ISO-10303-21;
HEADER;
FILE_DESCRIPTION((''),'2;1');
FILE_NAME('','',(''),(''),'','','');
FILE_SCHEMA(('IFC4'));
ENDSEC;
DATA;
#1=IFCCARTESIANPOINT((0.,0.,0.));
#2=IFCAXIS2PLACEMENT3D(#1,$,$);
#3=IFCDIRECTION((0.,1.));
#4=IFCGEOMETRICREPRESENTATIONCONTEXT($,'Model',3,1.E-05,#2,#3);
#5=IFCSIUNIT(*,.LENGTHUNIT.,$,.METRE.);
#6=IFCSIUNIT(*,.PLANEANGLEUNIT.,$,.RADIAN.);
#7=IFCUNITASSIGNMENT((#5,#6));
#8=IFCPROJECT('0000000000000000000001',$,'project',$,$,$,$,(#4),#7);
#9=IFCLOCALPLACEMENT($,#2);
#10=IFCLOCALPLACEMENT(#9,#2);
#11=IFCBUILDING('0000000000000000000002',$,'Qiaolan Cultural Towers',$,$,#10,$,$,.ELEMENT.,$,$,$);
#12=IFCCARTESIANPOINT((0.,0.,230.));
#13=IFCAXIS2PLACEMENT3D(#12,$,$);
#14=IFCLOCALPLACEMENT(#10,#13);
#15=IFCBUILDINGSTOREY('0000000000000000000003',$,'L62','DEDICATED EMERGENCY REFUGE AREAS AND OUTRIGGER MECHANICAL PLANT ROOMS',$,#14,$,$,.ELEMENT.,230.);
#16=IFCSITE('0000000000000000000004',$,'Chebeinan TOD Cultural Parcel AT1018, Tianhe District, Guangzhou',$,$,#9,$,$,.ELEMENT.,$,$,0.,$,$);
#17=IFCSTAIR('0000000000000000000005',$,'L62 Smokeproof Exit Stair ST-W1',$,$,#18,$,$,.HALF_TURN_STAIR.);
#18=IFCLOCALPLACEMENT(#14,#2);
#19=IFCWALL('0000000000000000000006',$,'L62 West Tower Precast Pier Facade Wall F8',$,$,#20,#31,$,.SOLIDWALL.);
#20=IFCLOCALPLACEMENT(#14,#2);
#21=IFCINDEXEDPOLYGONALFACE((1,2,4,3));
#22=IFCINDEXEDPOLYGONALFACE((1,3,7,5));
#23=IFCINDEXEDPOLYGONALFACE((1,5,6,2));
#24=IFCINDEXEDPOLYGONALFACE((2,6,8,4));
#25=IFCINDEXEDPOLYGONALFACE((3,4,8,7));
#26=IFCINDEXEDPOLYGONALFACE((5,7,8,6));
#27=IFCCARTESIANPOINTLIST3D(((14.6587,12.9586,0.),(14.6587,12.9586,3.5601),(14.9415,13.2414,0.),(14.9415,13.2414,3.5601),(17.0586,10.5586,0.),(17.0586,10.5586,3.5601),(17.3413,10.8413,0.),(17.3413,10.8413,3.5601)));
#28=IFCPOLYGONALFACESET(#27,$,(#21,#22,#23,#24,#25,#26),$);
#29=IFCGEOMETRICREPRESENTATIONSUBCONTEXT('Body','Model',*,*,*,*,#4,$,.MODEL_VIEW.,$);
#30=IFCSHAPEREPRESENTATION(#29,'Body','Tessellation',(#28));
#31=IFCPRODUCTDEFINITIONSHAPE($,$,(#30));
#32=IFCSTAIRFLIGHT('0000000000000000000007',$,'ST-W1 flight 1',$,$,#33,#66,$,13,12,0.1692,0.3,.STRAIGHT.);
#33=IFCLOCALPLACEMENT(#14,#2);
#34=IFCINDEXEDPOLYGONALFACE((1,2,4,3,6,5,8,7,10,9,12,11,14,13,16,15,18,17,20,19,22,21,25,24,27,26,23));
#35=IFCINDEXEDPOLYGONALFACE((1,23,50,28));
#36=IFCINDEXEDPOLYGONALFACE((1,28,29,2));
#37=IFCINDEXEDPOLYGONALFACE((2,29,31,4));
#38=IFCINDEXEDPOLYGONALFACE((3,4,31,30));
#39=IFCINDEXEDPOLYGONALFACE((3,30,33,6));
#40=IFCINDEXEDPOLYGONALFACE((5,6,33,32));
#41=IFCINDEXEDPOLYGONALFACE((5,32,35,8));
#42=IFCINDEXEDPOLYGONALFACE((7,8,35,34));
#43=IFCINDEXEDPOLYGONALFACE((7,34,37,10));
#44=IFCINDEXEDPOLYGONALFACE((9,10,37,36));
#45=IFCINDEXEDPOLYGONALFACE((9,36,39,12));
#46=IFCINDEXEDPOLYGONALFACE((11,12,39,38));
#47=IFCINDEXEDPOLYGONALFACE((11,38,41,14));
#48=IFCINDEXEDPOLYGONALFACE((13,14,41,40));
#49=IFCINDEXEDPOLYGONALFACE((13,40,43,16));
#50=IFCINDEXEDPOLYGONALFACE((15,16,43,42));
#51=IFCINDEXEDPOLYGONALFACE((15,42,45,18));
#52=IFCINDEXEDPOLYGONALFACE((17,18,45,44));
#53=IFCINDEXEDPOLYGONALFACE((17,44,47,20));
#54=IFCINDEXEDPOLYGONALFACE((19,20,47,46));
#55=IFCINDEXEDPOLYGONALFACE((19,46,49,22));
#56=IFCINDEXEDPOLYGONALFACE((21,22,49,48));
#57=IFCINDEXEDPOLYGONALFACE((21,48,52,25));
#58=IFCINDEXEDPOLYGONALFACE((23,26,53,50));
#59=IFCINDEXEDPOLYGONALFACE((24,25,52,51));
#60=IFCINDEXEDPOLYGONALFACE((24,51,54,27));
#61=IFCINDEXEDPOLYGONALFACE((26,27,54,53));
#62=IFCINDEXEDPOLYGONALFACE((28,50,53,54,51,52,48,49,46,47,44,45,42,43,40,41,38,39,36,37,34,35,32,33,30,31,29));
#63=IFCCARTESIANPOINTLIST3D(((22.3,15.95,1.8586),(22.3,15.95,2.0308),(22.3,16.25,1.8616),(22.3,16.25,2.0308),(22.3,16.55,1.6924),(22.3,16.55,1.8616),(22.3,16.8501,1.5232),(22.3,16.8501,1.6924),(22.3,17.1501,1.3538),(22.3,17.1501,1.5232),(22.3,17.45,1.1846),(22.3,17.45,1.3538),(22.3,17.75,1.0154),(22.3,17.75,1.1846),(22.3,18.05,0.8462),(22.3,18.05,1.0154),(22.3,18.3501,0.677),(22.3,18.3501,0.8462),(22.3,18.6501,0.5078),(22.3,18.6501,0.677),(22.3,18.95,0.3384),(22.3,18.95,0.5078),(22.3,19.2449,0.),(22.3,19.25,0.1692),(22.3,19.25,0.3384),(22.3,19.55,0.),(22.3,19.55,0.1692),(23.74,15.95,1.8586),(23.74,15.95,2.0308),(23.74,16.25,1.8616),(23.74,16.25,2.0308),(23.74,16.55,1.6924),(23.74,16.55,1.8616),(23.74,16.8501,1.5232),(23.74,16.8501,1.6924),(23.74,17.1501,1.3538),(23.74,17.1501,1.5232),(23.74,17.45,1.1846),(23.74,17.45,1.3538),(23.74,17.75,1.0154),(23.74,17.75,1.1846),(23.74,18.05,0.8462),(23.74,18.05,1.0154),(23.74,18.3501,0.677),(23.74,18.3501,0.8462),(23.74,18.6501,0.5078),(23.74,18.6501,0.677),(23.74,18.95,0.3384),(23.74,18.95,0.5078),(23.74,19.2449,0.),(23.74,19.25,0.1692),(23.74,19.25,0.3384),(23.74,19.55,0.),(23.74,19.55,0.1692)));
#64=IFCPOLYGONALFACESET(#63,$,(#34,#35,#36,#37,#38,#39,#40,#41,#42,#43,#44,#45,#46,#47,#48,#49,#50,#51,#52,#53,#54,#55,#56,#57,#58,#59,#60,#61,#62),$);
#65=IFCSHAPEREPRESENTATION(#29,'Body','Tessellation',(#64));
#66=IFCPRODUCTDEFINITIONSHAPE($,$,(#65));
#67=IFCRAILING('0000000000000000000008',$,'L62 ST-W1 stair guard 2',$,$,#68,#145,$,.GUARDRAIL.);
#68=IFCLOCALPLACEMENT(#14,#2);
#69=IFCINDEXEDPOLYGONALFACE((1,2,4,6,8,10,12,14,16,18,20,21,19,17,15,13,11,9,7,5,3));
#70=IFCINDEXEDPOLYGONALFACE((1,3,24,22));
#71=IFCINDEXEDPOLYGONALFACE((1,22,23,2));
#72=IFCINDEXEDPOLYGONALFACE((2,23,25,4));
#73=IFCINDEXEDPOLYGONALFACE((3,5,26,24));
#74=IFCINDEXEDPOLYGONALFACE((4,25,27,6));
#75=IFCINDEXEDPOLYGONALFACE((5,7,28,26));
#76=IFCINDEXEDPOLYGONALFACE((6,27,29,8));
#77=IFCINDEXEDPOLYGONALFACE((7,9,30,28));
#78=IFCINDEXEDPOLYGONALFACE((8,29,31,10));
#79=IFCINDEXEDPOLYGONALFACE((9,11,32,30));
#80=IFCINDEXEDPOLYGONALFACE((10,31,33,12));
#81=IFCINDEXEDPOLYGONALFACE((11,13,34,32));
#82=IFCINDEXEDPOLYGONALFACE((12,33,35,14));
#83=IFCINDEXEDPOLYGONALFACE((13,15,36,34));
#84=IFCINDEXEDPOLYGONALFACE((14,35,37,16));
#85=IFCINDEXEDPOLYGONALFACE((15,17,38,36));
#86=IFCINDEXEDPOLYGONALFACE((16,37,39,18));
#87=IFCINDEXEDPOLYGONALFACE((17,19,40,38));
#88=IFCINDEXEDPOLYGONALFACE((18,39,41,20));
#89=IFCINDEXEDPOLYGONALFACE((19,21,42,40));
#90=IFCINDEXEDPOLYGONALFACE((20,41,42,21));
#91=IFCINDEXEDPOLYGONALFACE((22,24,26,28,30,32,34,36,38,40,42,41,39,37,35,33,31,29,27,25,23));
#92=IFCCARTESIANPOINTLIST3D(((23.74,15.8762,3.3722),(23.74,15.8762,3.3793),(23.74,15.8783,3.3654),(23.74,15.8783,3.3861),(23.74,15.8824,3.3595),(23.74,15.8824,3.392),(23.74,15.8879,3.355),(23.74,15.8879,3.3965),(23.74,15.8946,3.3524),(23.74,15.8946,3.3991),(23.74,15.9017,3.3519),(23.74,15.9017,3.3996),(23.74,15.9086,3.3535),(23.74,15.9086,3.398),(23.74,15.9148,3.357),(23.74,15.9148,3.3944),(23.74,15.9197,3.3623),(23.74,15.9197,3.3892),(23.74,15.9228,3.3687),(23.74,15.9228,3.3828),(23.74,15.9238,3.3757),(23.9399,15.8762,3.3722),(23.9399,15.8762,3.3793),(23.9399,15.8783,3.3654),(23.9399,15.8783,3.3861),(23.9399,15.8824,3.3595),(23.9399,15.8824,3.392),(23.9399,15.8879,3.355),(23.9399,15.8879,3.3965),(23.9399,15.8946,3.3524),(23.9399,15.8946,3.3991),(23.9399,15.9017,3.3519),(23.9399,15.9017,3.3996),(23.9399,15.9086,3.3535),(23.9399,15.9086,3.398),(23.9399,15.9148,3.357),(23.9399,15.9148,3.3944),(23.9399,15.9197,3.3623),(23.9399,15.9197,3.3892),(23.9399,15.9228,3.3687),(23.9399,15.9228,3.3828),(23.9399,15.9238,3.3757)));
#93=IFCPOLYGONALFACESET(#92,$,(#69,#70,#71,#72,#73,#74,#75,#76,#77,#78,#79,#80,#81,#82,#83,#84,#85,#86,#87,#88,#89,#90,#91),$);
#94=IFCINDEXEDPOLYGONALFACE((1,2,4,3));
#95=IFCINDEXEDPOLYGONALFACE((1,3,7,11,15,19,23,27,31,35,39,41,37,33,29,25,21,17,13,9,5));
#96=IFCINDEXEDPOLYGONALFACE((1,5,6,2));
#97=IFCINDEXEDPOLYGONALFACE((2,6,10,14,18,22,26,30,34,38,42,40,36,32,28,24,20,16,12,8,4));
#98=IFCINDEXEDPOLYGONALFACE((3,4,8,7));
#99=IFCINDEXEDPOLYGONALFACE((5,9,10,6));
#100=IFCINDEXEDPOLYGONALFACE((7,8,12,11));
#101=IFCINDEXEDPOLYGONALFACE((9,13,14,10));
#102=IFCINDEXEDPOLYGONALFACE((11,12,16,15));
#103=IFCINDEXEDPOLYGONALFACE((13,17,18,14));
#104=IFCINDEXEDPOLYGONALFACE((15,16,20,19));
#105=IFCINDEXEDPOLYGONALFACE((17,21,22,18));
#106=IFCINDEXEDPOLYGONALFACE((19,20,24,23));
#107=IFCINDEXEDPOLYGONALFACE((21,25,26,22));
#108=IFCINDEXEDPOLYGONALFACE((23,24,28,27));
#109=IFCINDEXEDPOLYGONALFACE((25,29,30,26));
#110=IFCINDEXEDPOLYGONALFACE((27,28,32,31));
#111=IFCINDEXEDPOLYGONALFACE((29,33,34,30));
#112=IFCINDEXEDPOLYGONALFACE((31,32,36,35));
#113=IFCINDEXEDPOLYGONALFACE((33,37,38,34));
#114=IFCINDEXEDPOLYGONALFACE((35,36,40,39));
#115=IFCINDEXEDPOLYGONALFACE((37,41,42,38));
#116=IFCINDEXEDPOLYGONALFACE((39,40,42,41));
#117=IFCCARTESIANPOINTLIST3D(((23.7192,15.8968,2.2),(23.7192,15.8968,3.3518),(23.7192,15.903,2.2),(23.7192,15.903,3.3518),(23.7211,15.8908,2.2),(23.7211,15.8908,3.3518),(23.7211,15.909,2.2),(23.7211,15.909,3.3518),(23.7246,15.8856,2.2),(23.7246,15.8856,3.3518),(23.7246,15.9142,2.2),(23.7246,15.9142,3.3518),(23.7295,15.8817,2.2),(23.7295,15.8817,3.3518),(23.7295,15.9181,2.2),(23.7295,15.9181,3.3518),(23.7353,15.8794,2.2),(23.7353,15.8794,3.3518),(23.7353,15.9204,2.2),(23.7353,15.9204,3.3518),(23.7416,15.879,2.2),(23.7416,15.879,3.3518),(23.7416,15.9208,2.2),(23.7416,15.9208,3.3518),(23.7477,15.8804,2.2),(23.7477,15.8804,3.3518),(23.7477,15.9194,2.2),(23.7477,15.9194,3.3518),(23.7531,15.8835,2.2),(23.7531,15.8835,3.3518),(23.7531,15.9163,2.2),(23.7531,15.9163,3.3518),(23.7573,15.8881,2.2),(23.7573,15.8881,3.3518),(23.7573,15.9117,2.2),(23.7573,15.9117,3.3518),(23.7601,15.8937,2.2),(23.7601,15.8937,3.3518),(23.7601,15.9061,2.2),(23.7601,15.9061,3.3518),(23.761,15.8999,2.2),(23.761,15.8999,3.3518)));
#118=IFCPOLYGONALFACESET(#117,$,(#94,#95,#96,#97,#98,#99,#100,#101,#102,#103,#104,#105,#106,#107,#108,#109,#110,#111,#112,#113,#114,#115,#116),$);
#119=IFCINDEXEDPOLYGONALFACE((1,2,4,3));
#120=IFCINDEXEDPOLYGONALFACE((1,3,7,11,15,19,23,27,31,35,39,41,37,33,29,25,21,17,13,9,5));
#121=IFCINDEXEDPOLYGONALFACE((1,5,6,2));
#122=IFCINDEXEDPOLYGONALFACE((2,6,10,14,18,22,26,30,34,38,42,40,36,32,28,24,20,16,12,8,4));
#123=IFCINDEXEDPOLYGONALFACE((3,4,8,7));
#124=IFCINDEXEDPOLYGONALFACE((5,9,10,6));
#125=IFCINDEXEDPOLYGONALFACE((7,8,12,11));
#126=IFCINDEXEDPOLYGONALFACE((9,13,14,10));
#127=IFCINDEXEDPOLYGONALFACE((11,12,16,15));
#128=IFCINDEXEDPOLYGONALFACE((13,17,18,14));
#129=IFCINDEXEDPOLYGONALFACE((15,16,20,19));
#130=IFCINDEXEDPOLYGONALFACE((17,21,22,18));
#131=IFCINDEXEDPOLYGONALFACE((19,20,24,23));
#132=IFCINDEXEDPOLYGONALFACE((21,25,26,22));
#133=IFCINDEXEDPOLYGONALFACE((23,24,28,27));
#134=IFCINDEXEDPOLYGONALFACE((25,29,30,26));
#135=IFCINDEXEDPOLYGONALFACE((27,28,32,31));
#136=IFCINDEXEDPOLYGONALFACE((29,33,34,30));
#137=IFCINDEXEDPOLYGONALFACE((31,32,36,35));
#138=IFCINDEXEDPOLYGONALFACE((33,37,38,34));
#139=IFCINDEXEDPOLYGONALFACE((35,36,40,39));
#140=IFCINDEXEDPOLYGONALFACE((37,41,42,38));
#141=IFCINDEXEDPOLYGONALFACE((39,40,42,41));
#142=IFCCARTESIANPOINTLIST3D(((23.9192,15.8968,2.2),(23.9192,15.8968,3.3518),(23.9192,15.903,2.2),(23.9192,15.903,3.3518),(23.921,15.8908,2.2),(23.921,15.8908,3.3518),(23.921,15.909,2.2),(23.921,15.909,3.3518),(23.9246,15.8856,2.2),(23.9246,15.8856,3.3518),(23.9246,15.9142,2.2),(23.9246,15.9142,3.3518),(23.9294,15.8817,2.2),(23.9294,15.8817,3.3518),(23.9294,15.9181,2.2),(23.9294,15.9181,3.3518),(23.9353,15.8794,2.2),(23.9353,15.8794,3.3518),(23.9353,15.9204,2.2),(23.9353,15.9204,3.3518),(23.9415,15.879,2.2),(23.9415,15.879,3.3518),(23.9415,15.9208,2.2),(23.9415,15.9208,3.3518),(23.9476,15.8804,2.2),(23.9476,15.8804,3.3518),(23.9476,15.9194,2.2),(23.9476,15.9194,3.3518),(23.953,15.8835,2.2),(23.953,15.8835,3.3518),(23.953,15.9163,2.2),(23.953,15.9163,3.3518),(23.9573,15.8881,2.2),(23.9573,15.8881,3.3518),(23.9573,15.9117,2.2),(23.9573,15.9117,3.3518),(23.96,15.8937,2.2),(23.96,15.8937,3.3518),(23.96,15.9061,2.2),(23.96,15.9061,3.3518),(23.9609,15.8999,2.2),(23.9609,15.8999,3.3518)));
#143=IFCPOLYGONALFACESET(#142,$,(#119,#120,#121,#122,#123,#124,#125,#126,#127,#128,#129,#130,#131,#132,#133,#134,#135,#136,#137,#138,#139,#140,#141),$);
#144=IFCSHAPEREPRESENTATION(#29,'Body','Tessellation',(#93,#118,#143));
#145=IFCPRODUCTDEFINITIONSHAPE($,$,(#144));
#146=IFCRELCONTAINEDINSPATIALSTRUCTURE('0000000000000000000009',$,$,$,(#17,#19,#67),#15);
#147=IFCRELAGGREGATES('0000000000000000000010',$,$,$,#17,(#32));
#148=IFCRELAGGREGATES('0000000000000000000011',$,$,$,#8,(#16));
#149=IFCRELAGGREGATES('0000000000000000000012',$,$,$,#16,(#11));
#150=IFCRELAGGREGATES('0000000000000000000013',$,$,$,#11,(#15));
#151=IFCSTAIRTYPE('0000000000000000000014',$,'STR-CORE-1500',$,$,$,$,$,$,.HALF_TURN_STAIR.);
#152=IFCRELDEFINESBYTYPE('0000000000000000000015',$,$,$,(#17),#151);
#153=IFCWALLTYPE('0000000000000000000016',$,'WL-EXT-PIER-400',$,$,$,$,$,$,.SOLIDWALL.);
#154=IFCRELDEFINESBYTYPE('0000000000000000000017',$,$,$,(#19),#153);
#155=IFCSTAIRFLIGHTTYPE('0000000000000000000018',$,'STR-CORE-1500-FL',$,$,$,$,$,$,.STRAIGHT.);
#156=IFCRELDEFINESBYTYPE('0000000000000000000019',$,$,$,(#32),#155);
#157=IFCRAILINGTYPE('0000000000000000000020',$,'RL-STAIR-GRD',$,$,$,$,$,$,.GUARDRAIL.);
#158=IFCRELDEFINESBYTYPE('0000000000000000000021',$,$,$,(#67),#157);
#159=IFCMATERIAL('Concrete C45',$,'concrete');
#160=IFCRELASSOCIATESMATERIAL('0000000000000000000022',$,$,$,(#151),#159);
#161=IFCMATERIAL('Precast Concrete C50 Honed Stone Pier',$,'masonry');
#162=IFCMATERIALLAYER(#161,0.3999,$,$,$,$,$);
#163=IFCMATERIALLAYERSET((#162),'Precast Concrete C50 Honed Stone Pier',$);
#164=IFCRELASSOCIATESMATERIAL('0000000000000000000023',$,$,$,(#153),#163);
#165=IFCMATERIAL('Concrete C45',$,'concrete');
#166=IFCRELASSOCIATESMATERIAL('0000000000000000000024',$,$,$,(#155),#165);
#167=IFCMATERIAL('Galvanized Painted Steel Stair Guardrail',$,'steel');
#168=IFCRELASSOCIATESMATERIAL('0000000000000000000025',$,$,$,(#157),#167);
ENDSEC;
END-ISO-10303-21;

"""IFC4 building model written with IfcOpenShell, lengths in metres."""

from ifc_helpers import new_model, si_unit, direction, frame, frame_2d, origin, origin_2d, place, context, subcontext, project, spatial, polyline, rectangle, circle, outline, extrude, material, layer, layer_set, type_object, element, aggregate, save


model = new_model("IFC4")

# Units and contexts
model_context = context("Model", 3, precision=1e-05, world=origin(), true_north=direction((0.0, 1.0)))
body_context = subcontext(model_context, "Body", "Model", "MODEL_VIEW")
ifc_project = project(units=[si_unit("LENGTHUNIT", "METRE"), si_unit("PLANEANGLEUNIT", "RADIAN")], contexts=[model_context])

# Site, building, storey
site_placement = place(None, origin())
site = spatial("IfcSite", under=ifc_project, at=site_placement, Name="Chebeinan TOD Cultural Parcel AT1018, Tianhe District, Guangzhou", CompositionType="ELEMENT", RefElevation=0.0)
building_placement = place(site_placement, origin())
building = spatial("IfcBuilding", under=site, at=building_placement, Name="Qiaolan Cultural Towers", CompositionType="ELEMENT")
storey_placement = place(building_placement, frame((0.0, 0.0, 230.0)))
storey = spatial("IfcBuildingStorey", under=building, at=storey_placement, Name="L62", Description="DEDICATED EMERGENCY REFUGE AREAS AND OUTRIGGER MECHANICAL PLANT ROOMS", CompositionType="ELEMENT", Elevation=230.0)

# Stair
ifc_material_1 = material(Name="Concrete C45", Category="concrete")
stair_type = type_object("IfcStairType", Name="STR-CORE-1500", PredefinedType="HALF_TURN_STAIR", material=ifc_material_1)
stair_1_placement = place(storey_placement, origin())
stair_1 = element("IfcStair", 1, at=stair_1_placement, inside=storey, type_object=stair_type, Name="L62 Smokeproof Exit Stair ST-W1", PredefinedType="HALF_TURN_STAIR")

# Wall
ifc_material_2 = material(Name="Precast Concrete C50 Honed Stone Pier", Category="masonry")
ifc_layer_1 = layer(ifc_material_2, 0.3999)
ifc_layer_set_1 = layer_set([ifc_layer_1], Name="Precast Concrete C50 Honed Stone Pier")
wall_type_1 = type_object("IfcWallType", Name="WL-EXT-PIER-400", PredefinedType="SOLIDWALL", material=ifc_layer_set_1)
wall_1_placement = place(storey_placement, frame((17.2, 10.7, 0.0), z_axis=(0.0, 0.0, 1.0), x_axis=(-0.707071, 0.707143, 0.0)))
element("IfcWall", 2, at=wall_1_placement, inside=storey, type_object=wall_type_1, Name="L62 West Tower Precast Pier Facade Wall F8", PredefinedType="SOLIDWALL", context=body_context, shape_type="SweptSolid", body=[
    extrude(rectangle(XDim=3.394, YDim=0.3999, at=frame_2d((1.697, 0.0))), origin(), (0.0, 0.0, 1.0), 3.5601),
])

# Stair flight
ifc_material_3 = material(Name="Concrete C45", Category="concrete")
stair_flight_type = type_object("IfcStairFlightType", Name="STR-CORE-1500-FL", PredefinedType="STRAIGHT", material=ifc_material_3)
stair_flight_placement = place(storey_placement, frame((23.02, 19.55, 0.0), z_axis=(0.0, 0.0, 1.0), x_axis=(0.0, -1.0, 0.0)))
stair_flight = element("IfcStairFlight", 3, at=stair_flight_placement, type_object=stair_flight_type, Name="ST-W1 flight 1", NumberOfRisers=13, NumberOfTreads=12, PredefinedType="STRAIGHT", RiserHeight=0.1692, TreadLength=0.3, context=body_context, shape_type="SweptSolid", body=[
    extrude(outline(polyline([(0.0, 0.0), (0.0, 0.1692), (0.3, 0.1692), (0.3, 0.3384), (0.6001, 0.3384), (0.6001, 0.5078), (0.8999, 0.5078), (0.8999, 0.677), (1.2, 0.677), (1.2, 0.8462), (1.5, 0.8462), (1.5, 1.0154), (1.8, 1.0154), (1.8, 1.1846), (2.1001, 1.1846), (2.1001, 1.3538), (2.3999, 1.3538), (2.3999, 1.5232), (2.7, 1.5232), (2.7, 1.6924), (3.0, 1.6924), (3.0, 1.8616), (3.3, 1.8616), (3.3, 2.0308), (3.6001, 2.0308), (3.6001, 2.2), (3.6001, 1.8586), (0.3052, 0.0), (0.0, 0.0)])), frame((0.0, 0.72, 0.0), z_axis=(0.0, -1.0, 0.0), x_axis=(1.0, 0.0, 0.0)), (0.0, 0.0, 1.0), 1.4399),
])
aggregate(stair_1, [stair_flight])

# Railing
ifc_material_4 = material(Name="Galvanized Painted Steel Stair Guardrail", Category="steel")
railing_type_1 = type_object("IfcRailingType", Name="RL-STAIR-GRD", PredefinedType="GUARDRAIL", material=ifc_material_4)
railing_1_placement = place(storey_placement, frame((23.74, 15.8999, 2.2)))
element("IfcRailing", 4, at=railing_1_placement, inside=storey, type_object=railing_type_1, Name="L62 ST-W1 stair guard 2", PredefinedType="GUARDRAIL", context=body_context, shape_type="SweptSolid", body=[
    extrude(circle(Radius=0.0239, at=origin_2d()), frame((0.0, 0.0, 1.1758), z_axis=(1.0, 0.0, 0.0), x_axis=(0.0, 1.0, 0.0)), (0.0, 0.0, 1.0), 0.2),
    extrude(circle(Radius=0.021, at=origin_2d()), origin(), (0.0, 0.0, 1.0), 1.1519),
    extrude(circle(Radius=0.021, at=origin_2d()), frame((0.2, 0.0, 0.0)), (0.0, 0.0, 1.0), 1.1519),
])

save(model, "model.ifc")
